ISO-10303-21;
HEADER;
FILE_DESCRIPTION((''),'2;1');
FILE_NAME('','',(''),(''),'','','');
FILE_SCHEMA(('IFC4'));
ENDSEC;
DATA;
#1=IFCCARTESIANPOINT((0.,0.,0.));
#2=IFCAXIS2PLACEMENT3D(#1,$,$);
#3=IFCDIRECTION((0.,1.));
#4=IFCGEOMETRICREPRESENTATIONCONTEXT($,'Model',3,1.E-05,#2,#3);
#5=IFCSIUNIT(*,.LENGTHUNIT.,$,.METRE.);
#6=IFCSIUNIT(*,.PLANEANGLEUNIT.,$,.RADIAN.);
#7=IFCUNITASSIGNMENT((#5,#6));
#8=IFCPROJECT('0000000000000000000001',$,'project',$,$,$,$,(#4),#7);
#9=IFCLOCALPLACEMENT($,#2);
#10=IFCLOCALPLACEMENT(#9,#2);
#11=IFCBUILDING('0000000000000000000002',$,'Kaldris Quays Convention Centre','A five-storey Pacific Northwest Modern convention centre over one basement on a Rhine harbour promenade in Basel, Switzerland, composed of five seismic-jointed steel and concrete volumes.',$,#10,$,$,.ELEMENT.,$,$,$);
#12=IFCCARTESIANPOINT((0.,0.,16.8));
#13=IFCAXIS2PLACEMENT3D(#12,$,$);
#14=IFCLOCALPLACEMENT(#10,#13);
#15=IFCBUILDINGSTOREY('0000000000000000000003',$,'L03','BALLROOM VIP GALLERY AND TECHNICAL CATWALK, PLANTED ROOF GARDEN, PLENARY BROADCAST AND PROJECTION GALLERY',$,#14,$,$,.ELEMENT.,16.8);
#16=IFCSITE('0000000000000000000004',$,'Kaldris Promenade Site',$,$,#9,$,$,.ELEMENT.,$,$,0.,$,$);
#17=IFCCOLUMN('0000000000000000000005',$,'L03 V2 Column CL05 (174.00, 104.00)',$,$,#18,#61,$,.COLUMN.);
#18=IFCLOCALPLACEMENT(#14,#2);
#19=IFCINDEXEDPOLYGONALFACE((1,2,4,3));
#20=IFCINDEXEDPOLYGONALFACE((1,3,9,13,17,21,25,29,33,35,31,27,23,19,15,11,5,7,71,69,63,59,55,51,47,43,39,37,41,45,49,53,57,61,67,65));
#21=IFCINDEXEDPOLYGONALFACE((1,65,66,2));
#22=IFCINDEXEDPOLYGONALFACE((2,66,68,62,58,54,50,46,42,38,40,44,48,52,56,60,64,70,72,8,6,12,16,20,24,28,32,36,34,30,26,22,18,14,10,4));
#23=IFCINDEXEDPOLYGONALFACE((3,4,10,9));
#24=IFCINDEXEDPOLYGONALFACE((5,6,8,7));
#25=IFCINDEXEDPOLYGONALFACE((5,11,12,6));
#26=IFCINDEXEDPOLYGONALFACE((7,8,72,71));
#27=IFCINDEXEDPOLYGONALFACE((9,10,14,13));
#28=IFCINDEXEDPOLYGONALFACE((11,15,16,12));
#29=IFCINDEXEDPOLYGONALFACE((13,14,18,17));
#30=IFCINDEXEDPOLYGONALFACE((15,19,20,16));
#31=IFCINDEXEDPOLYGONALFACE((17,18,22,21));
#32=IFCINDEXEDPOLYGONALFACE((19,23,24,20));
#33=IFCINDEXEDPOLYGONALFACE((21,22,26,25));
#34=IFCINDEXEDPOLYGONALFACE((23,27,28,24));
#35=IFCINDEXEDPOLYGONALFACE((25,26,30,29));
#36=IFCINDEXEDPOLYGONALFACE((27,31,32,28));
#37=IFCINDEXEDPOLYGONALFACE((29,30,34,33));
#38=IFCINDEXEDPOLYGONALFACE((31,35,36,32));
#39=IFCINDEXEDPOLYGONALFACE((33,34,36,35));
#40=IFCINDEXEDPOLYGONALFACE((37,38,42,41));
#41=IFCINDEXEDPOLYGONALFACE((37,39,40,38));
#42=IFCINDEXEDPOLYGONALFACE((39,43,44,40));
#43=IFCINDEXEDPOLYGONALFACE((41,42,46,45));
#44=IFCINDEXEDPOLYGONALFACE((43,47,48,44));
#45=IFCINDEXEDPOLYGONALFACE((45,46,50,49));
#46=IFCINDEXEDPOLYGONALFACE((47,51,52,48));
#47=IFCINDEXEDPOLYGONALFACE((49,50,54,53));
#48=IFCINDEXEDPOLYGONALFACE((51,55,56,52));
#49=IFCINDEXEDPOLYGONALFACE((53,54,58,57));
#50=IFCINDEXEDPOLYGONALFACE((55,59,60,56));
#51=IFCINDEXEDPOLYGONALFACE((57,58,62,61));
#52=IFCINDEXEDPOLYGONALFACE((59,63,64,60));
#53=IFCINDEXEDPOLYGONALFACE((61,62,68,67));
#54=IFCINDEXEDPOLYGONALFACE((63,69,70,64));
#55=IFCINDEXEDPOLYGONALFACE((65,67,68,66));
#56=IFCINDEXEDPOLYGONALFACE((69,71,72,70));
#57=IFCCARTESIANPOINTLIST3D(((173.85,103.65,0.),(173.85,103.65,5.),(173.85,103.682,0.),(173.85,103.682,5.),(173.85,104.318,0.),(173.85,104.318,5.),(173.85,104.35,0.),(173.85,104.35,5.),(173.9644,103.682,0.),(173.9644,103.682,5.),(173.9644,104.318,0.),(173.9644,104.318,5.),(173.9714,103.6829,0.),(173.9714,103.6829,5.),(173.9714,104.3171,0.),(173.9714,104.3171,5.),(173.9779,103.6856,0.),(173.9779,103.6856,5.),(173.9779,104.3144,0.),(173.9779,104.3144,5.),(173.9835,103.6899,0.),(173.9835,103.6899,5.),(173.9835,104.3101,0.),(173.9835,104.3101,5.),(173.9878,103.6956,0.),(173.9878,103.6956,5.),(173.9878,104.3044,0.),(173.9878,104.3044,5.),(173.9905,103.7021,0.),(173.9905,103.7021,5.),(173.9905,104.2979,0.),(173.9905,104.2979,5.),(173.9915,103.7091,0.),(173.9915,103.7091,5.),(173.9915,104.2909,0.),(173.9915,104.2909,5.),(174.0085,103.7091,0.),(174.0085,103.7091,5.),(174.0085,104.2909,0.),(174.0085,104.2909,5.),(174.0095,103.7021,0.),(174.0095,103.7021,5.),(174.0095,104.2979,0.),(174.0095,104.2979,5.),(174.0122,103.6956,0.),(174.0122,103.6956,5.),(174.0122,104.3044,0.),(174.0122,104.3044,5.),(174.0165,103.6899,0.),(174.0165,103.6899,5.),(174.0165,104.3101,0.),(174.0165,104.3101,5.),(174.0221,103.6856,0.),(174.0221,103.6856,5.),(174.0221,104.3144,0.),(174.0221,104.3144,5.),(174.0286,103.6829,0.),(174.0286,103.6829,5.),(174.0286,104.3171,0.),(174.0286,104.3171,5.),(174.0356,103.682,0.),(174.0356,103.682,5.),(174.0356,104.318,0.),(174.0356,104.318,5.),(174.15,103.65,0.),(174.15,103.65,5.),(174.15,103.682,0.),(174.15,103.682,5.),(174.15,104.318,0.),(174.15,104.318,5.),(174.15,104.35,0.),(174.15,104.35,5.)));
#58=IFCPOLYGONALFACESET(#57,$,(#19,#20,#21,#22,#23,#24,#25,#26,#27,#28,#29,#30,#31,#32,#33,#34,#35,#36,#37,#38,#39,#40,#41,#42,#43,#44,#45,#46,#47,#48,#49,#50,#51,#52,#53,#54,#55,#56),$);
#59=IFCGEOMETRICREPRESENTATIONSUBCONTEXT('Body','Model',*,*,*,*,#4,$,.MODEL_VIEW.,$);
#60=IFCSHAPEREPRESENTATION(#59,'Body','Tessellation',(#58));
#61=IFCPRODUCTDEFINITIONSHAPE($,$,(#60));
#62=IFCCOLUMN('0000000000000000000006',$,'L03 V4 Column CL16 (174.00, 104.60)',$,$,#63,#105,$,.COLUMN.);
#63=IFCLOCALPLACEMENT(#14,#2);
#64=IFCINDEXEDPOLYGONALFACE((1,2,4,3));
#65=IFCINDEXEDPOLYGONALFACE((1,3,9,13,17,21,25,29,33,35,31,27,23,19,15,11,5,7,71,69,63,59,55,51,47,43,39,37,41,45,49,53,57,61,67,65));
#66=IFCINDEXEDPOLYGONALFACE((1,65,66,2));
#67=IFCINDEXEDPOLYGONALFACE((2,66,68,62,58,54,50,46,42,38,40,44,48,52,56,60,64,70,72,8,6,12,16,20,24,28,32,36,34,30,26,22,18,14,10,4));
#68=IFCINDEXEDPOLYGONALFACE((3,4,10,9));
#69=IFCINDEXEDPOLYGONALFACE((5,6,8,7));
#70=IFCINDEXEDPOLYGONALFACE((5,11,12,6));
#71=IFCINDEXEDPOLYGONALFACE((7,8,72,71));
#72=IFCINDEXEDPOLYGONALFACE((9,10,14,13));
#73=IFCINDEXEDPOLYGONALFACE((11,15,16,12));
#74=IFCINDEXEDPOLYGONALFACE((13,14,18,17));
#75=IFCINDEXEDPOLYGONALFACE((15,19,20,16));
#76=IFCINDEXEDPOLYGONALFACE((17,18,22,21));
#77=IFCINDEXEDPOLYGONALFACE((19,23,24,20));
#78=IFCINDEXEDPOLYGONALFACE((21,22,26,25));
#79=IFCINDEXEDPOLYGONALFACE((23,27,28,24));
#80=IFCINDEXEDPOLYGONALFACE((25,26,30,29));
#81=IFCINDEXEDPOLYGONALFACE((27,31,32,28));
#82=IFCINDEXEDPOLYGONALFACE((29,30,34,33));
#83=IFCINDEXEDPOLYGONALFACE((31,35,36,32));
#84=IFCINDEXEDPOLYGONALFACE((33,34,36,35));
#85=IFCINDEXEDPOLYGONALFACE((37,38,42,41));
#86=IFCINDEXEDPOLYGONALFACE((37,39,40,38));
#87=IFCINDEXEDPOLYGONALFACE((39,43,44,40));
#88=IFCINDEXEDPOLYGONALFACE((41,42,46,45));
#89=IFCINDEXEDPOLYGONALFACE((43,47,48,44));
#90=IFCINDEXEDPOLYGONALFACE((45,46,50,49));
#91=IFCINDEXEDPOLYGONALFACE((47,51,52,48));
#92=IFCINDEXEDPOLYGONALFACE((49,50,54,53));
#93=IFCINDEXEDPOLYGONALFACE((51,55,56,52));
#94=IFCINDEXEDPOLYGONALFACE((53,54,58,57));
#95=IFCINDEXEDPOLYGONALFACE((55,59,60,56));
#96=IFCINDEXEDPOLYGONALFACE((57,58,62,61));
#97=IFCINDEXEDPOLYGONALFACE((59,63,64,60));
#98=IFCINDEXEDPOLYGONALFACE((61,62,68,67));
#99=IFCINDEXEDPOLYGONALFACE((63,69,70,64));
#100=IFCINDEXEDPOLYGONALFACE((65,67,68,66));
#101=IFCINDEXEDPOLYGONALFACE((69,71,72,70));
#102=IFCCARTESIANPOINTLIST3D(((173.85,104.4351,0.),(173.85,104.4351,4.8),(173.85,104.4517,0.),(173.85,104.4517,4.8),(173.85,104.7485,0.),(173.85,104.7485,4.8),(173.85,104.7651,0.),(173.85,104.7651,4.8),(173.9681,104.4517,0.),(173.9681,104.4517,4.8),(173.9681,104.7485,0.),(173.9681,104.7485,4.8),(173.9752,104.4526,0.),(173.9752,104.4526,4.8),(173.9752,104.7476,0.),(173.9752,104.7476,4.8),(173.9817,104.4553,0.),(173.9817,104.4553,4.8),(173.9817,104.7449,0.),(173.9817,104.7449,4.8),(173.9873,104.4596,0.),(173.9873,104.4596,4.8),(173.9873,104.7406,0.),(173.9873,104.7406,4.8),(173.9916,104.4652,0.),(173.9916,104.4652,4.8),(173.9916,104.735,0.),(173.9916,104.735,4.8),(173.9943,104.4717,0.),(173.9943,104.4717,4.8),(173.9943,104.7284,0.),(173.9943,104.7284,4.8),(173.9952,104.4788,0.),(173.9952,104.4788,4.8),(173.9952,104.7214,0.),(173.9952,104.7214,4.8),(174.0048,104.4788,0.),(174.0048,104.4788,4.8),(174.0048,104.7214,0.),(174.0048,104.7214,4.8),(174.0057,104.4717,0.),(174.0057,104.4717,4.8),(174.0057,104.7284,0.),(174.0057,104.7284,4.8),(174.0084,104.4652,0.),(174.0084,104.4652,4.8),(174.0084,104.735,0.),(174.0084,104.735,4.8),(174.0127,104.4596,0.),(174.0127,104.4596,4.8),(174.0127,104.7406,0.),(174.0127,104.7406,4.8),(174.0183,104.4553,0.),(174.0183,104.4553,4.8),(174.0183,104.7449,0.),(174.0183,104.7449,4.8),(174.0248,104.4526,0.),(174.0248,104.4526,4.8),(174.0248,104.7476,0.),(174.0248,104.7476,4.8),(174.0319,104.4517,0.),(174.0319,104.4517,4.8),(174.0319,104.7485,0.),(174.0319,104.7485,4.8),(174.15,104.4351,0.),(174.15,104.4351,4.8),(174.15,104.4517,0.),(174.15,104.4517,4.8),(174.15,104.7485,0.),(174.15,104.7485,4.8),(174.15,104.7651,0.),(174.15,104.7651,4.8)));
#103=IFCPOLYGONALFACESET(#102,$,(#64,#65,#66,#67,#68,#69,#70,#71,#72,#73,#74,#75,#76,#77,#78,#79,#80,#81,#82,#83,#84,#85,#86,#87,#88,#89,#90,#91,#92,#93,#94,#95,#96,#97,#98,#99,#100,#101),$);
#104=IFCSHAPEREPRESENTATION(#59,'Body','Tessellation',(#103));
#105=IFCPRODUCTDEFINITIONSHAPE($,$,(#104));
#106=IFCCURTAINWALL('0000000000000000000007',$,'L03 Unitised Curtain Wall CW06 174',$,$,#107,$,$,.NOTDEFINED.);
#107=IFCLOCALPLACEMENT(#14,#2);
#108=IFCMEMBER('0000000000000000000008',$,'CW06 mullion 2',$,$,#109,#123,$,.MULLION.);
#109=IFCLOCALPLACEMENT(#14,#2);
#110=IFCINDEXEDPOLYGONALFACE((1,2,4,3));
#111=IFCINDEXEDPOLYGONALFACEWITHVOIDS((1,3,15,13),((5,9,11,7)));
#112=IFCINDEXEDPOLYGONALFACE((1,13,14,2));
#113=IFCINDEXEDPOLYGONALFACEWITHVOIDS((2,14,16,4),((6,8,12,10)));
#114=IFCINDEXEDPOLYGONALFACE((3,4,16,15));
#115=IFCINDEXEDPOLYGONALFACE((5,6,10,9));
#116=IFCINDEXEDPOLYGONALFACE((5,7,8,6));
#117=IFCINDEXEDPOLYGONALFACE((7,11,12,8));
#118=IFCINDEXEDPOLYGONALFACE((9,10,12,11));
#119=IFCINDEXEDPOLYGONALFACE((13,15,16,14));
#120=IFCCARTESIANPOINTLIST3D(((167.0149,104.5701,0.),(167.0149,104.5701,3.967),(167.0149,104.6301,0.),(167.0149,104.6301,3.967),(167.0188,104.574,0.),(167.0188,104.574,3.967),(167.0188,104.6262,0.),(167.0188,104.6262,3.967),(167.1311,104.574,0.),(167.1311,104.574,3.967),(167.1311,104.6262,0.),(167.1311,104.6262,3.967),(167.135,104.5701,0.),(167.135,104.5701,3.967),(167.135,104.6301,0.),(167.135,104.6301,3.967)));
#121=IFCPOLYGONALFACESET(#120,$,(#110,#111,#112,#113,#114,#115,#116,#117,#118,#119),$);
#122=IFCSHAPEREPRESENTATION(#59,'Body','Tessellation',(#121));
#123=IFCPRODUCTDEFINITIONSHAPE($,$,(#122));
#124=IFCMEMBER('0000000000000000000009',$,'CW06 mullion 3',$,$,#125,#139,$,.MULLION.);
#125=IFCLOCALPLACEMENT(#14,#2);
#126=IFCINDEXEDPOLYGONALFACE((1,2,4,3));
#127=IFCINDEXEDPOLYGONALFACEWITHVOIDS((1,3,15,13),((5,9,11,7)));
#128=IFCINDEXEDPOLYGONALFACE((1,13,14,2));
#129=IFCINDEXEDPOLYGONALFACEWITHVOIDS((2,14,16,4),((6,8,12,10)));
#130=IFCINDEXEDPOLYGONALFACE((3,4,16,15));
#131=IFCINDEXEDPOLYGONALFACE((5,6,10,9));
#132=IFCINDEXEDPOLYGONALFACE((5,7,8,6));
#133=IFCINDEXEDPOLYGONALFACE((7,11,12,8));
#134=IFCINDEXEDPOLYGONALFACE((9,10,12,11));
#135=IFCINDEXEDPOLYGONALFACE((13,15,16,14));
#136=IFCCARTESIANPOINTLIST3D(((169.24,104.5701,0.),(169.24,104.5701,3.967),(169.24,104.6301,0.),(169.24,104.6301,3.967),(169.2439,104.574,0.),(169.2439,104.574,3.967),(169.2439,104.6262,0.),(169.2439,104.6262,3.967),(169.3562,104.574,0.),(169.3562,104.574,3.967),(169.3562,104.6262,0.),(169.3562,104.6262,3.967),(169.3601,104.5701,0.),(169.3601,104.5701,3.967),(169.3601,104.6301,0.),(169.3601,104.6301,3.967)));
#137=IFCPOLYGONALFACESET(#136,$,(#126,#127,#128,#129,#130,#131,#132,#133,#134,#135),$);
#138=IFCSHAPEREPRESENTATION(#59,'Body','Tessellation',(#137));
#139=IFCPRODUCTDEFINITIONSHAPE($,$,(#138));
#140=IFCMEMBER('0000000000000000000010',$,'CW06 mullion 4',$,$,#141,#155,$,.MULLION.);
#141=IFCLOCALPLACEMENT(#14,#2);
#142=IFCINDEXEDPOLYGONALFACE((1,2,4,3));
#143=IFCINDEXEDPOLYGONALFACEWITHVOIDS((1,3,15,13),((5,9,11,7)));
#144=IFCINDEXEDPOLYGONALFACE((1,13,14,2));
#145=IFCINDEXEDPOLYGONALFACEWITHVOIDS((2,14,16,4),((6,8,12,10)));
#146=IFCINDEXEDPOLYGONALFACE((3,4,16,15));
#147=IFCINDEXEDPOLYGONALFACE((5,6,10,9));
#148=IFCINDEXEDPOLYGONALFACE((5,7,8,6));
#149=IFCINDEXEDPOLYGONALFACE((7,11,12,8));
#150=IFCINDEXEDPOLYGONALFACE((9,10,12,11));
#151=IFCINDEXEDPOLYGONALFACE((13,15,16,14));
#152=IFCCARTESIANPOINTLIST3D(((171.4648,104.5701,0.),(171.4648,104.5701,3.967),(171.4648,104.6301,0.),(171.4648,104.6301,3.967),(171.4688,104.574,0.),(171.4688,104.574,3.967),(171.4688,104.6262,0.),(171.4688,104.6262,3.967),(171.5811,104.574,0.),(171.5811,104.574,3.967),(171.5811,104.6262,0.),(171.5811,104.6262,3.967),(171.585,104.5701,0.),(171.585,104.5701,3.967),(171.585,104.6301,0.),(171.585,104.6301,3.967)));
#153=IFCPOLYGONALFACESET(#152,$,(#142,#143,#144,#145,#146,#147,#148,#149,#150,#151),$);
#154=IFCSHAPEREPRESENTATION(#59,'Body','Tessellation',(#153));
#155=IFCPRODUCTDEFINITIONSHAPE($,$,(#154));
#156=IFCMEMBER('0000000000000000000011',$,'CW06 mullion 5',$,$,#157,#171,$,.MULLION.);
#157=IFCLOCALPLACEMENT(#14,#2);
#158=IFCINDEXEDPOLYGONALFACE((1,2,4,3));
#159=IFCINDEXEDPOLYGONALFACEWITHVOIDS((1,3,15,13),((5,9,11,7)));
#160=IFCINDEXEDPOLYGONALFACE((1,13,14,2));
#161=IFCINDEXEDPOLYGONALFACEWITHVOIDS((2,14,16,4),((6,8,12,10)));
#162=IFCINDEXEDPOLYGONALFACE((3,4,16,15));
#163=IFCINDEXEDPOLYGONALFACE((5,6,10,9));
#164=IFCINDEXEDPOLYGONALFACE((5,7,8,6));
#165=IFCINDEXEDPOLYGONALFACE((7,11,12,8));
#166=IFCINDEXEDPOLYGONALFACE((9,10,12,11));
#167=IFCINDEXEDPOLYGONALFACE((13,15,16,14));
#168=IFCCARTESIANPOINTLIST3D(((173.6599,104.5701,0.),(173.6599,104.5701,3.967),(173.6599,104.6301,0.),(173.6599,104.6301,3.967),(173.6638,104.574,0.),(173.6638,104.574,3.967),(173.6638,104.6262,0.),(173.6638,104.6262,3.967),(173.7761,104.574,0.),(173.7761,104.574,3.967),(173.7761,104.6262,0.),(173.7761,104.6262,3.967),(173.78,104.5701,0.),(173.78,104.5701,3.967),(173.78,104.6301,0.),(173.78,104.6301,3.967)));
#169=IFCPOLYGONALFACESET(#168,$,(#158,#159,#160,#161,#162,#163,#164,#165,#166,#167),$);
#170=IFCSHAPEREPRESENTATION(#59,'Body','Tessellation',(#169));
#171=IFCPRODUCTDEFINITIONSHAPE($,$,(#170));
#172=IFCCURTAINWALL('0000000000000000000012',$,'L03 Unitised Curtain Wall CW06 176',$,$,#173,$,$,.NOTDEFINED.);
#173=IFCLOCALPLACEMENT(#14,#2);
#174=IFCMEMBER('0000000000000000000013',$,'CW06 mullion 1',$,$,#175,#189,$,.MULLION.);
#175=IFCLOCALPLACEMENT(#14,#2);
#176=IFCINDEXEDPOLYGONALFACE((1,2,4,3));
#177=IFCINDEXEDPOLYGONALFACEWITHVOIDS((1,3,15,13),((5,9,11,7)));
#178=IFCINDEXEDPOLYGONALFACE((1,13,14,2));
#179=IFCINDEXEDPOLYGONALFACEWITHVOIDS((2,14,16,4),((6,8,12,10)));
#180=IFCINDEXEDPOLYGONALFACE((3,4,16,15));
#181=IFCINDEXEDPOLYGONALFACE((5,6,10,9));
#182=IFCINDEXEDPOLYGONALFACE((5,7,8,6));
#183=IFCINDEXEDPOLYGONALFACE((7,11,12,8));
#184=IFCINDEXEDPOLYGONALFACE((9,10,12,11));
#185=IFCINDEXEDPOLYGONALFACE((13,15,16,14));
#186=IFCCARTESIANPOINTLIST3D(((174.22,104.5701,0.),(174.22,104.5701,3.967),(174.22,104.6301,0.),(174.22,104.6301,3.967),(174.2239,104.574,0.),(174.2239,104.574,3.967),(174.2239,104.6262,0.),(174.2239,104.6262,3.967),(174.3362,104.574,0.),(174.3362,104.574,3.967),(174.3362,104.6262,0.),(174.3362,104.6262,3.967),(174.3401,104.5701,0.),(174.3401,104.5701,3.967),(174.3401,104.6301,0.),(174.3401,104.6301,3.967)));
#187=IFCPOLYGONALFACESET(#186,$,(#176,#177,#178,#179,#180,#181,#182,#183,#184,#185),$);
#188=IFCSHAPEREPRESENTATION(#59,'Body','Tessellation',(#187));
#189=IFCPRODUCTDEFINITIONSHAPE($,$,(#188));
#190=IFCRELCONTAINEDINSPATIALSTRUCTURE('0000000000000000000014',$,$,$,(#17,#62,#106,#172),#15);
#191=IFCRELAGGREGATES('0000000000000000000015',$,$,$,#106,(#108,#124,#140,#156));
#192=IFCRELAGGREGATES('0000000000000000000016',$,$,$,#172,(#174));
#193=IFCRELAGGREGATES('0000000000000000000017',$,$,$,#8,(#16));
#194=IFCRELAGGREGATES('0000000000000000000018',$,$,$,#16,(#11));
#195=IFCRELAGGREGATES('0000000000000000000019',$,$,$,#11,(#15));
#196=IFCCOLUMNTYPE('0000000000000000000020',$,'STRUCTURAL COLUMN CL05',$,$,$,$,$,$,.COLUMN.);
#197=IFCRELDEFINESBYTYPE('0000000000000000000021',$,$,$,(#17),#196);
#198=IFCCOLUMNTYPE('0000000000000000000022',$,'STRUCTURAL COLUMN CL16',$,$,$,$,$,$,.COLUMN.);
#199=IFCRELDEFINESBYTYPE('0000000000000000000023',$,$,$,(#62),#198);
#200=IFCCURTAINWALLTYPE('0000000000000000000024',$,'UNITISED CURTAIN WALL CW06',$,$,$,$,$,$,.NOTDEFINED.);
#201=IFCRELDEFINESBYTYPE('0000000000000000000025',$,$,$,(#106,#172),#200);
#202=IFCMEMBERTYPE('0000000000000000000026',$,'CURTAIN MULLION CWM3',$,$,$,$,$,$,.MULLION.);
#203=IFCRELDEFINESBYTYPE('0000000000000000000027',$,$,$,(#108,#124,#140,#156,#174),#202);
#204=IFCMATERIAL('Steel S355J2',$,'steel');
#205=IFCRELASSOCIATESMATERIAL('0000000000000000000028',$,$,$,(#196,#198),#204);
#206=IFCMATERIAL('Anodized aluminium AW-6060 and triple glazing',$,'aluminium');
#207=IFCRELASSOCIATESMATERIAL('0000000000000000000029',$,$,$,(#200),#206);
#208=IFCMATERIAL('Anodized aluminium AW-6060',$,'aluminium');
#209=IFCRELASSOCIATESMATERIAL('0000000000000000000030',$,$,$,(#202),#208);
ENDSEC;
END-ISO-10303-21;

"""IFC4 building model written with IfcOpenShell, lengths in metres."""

from ifc_helpers import new_model, si_unit, direction, frame, origin, origin_2d, place, context, subcontext, project, spatial, hollow_rectangle, i_section, extrude, material, material_profile, profile_set, type_object, element, aggregate, save


model = new_model("IFC4")

# Units and contexts
model_context = context("Model", 3, precision=1e-05, world=origin(), true_north=direction((0.0, 1.0)))
body_context = subcontext(model_context, "Body", "Model", "MODEL_VIEW")
ifc_project = project(units=[si_unit("LENGTHUNIT", "METRE"), si_unit("PLANEANGLEUNIT", "RADIAN")], contexts=[model_context])

# Site, building, storey
site_placement = place(None, origin())
site = spatial("IfcSite", under=ifc_project, at=site_placement, Name="Kaldris Promenade Site", CompositionType="ELEMENT", RefElevation=0.0)
building_placement = place(site_placement, origin())
building = spatial("IfcBuilding", under=site, at=building_placement, Name="Kaldris Quays Convention Centre", Description="A five-storey Pacific Northwest Modern convention centre over one basement on a Rhine harbour promenade in Basel, Switzerland, composed of five seismic-jointed steel and concrete volumes.", CompositionType="ELEMENT")
storey_placement = place(building_placement, frame((0.0, 0.0, 16.8)))
storey = spatial("IfcBuildingStorey", under=building, at=storey_placement, Name="L03", Description="BALLROOM VIP GALLERY AND TECHNICAL CATWALK, PLANTED ROOF GARDEN, PLENARY BROADCAST AND PROJECTION GALLERY", CompositionType="ELEMENT", Elevation=16.8)

# Columns
ifc_material_1 = material(Name="Steel S355J2", Category="steel")
ifc_material_profile_1 = material_profile(ifc_material_1, i_section(OverallWidth=0.3, OverallDepth=0.7, WebThickness=0.0171, FlangeThickness=0.032, FilletRadius=0.0271, at=origin_2d()), Name="HEB 700")
ifc_profile_set_1 = profile_set([ifc_material_profile_1], Name="Steel S355J2")
column_type_1 = type_object("IfcColumnType", Name="STRUCTURAL COLUMN CL05", PredefinedType="COLUMN", material=ifc_profile_set_1)
column_1_placement = place(storey_placement, frame((174.0, 104.0, 0.0), z_axis=(0.0, 0.0, 1.0), x_axis=(1.0, 0.0, 0.0)))
element("IfcColumn", 1, at=column_1_placement, inside=storey, type_object=column_type_1, Name="L03 V2 Column CL05 (174.00, 104.00)", PredefinedType="COLUMN", context=body_context, shape_type="SweptSolid", body=[
    extrude(i_section(OverallWidth=0.3, OverallDepth=0.7, WebThickness=0.0171, FlangeThickness=0.032, FilletRadius=0.0271, at=origin_2d()), origin(), (0.0, 0.0, 1.0), 5.0),
])
ifc_material_profile_2 = material_profile(ifc_material_1, i_section(OverallWidth=0.3, OverallDepth=0.3301, WebThickness=0.0095, FlangeThickness=0.0166, FilletRadius=0.0271, at=origin_2d()), Name="HEA 340")
ifc_profile_set_2 = profile_set([ifc_material_profile_2], Name="Steel S355J2")
column_type_2 = type_object("IfcColumnType", Name="STRUCTURAL COLUMN CL16", PredefinedType="COLUMN", material=ifc_profile_set_2)
column_2_placement = place(storey_placement, frame((174.0, 104.6001, 0.0), z_axis=(0.0, 0.0, 1.0), x_axis=(1.0, 0.0, 0.0)))
element("IfcColumn", 2, at=column_2_placement, inside=storey, type_object=column_type_2, Name="L03 V4 Column CL16 (174.00, 104.60)", PredefinedType="COLUMN", context=body_context, shape_type="SweptSolid", body=[
    extrude(i_section(OverallWidth=0.3, OverallDepth=0.3301, WebThickness=0.0095, FlangeThickness=0.0166, FilletRadius=0.0271, at=origin_2d()), origin(), (0.0, 0.0, 1.0), 4.8),
])

# Curtain walls, members
ifc_material_2 = material(Name="Anodized aluminium AW-6060 and triple glazing", Category="aluminium")
curtain_wall_type = type_object("IfcCurtainWallType", Name="UNITISED CURTAIN WALL CW06", PredefinedType="NOTDEFINED", material=ifc_material_2)
curtain_wall_1_placement = place(storey_placement, origin())
curtain_wall_1 = element("IfcCurtainWall", 3, at=curtain_wall_1_placement, inside=storey, type_object=curtain_wall_type, Name="L03 Unitised Curtain Wall CW06 174", PredefinedType="NOTDEFINED")
ifc_material_3 = material(Name="Anodized aluminium AW-6060", Category="aluminium")
ifc_material_profile_3 = material_profile(ifc_material_3, hollow_rectangle(XDim=0.0601, YDim=0.1201, WallThickness=0.0039, at=origin_2d()), Name="RHS 120x60x4")
ifc_profile_set_3 = profile_set([ifc_material_profile_3], Name="Anodized aluminium AW-6060")
member_type_1 = type_object("IfcMemberType", Name="CURTAIN MULLION CWM3", PredefinedType="MULLION", material=ifc_profile_set_3)
member_1_placement = place(storey_placement, frame((167.075, 104.6001, 0.0), z_axis=(0.0, 0.0, 1.0), x_axis=(0.0, 1.0, 0.0)))
member_1 = element("IfcMember", 4, at=member_1_placement, type_object=member_type_1, Name="CW06 mullion 2", PredefinedType="MULLION", context=body_context, shape_type="SweptSolid", body=[
    extrude(hollow_rectangle(XDim=0.0601, YDim=0.1201, WallThickness=0.0039, at=origin_2d()), origin(), (0.0, 0.0, 1.0), 3.967),
])
member_2_placement = place(storey_placement, frame((169.3, 104.6001, 0.0), z_axis=(0.0, 0.0, 1.0), x_axis=(0.0, 1.0, 0.0)))
member_2 = element("IfcMember", 5, at=member_2_placement, type_object=member_type_1, Name="CW06 mullion 3", PredefinedType="MULLION", context=body_context, shape_type="SweptSolid", body=[
    extrude(hollow_rectangle(XDim=0.0601, YDim=0.1201, WallThickness=0.0039, at=origin_2d()), origin(), (0.0, 0.0, 1.0), 3.967),
])
member_3_placement = place(storey_placement, frame((171.5249, 104.6001, 0.0), z_axis=(0.0, 0.0, 1.0), x_axis=(0.0, 1.0, 0.0)))
member_3 = element("IfcMember", 6, at=member_3_placement, type_object=member_type_1, Name="CW06 mullion 4", PredefinedType="MULLION", context=body_context, shape_type="SweptSolid", body=[
    extrude(hollow_rectangle(XDim=0.0601, YDim=0.1201, WallThickness=0.0039, at=origin_2d()), origin(), (0.0, 0.0, 1.0), 3.967),
])
member_4_placement = place(storey_placement, frame((173.72, 104.6001, 0.0), z_axis=(0.0, 0.0, 1.0), x_axis=(0.0, 1.0, 0.0)))
member_4 = element("IfcMember", 7, at=member_4_placement, type_object=member_type_1, Name="CW06 mullion 5", PredefinedType="MULLION", context=body_context, shape_type="SweptSolid", body=[
    extrude(hollow_rectangle(XDim=0.0601, YDim=0.1201, WallThickness=0.0039, at=origin_2d()), origin(), (0.0, 0.0, 1.0), 3.967),
])
curtain_wall_2_placement = place(storey_placement, origin())
curtain_wall_2 = element("IfcCurtainWall", 8, at=curtain_wall_2_placement, inside=storey, type_object=curtain_wall_type, Name="L03 Unitised Curtain Wall CW06 176", PredefinedType="NOTDEFINED")
member_5_placement = place(storey_placement, frame((174.28, 104.6001, 0.0), z_axis=(0.0, 0.0, 1.0), x_axis=(0.0, 1.0, 0.0)))
member_5 = element("IfcMember", 9, at=member_5_placement, type_object=member_type_1, Name="CW06 mullion 1", PredefinedType="MULLION", context=body_context, shape_type="SweptSolid", body=[
    extrude(hollow_rectangle(XDim=0.0601, YDim=0.1201, WallThickness=0.0039, at=origin_2d()), origin(), (0.0, 0.0, 1.0), 3.967),
])

aggregate(curtain_wall_1, [member_1, member_2, member_3, member_4])
aggregate(curtain_wall_2, [member_5])

save(model, "model.ifc")
